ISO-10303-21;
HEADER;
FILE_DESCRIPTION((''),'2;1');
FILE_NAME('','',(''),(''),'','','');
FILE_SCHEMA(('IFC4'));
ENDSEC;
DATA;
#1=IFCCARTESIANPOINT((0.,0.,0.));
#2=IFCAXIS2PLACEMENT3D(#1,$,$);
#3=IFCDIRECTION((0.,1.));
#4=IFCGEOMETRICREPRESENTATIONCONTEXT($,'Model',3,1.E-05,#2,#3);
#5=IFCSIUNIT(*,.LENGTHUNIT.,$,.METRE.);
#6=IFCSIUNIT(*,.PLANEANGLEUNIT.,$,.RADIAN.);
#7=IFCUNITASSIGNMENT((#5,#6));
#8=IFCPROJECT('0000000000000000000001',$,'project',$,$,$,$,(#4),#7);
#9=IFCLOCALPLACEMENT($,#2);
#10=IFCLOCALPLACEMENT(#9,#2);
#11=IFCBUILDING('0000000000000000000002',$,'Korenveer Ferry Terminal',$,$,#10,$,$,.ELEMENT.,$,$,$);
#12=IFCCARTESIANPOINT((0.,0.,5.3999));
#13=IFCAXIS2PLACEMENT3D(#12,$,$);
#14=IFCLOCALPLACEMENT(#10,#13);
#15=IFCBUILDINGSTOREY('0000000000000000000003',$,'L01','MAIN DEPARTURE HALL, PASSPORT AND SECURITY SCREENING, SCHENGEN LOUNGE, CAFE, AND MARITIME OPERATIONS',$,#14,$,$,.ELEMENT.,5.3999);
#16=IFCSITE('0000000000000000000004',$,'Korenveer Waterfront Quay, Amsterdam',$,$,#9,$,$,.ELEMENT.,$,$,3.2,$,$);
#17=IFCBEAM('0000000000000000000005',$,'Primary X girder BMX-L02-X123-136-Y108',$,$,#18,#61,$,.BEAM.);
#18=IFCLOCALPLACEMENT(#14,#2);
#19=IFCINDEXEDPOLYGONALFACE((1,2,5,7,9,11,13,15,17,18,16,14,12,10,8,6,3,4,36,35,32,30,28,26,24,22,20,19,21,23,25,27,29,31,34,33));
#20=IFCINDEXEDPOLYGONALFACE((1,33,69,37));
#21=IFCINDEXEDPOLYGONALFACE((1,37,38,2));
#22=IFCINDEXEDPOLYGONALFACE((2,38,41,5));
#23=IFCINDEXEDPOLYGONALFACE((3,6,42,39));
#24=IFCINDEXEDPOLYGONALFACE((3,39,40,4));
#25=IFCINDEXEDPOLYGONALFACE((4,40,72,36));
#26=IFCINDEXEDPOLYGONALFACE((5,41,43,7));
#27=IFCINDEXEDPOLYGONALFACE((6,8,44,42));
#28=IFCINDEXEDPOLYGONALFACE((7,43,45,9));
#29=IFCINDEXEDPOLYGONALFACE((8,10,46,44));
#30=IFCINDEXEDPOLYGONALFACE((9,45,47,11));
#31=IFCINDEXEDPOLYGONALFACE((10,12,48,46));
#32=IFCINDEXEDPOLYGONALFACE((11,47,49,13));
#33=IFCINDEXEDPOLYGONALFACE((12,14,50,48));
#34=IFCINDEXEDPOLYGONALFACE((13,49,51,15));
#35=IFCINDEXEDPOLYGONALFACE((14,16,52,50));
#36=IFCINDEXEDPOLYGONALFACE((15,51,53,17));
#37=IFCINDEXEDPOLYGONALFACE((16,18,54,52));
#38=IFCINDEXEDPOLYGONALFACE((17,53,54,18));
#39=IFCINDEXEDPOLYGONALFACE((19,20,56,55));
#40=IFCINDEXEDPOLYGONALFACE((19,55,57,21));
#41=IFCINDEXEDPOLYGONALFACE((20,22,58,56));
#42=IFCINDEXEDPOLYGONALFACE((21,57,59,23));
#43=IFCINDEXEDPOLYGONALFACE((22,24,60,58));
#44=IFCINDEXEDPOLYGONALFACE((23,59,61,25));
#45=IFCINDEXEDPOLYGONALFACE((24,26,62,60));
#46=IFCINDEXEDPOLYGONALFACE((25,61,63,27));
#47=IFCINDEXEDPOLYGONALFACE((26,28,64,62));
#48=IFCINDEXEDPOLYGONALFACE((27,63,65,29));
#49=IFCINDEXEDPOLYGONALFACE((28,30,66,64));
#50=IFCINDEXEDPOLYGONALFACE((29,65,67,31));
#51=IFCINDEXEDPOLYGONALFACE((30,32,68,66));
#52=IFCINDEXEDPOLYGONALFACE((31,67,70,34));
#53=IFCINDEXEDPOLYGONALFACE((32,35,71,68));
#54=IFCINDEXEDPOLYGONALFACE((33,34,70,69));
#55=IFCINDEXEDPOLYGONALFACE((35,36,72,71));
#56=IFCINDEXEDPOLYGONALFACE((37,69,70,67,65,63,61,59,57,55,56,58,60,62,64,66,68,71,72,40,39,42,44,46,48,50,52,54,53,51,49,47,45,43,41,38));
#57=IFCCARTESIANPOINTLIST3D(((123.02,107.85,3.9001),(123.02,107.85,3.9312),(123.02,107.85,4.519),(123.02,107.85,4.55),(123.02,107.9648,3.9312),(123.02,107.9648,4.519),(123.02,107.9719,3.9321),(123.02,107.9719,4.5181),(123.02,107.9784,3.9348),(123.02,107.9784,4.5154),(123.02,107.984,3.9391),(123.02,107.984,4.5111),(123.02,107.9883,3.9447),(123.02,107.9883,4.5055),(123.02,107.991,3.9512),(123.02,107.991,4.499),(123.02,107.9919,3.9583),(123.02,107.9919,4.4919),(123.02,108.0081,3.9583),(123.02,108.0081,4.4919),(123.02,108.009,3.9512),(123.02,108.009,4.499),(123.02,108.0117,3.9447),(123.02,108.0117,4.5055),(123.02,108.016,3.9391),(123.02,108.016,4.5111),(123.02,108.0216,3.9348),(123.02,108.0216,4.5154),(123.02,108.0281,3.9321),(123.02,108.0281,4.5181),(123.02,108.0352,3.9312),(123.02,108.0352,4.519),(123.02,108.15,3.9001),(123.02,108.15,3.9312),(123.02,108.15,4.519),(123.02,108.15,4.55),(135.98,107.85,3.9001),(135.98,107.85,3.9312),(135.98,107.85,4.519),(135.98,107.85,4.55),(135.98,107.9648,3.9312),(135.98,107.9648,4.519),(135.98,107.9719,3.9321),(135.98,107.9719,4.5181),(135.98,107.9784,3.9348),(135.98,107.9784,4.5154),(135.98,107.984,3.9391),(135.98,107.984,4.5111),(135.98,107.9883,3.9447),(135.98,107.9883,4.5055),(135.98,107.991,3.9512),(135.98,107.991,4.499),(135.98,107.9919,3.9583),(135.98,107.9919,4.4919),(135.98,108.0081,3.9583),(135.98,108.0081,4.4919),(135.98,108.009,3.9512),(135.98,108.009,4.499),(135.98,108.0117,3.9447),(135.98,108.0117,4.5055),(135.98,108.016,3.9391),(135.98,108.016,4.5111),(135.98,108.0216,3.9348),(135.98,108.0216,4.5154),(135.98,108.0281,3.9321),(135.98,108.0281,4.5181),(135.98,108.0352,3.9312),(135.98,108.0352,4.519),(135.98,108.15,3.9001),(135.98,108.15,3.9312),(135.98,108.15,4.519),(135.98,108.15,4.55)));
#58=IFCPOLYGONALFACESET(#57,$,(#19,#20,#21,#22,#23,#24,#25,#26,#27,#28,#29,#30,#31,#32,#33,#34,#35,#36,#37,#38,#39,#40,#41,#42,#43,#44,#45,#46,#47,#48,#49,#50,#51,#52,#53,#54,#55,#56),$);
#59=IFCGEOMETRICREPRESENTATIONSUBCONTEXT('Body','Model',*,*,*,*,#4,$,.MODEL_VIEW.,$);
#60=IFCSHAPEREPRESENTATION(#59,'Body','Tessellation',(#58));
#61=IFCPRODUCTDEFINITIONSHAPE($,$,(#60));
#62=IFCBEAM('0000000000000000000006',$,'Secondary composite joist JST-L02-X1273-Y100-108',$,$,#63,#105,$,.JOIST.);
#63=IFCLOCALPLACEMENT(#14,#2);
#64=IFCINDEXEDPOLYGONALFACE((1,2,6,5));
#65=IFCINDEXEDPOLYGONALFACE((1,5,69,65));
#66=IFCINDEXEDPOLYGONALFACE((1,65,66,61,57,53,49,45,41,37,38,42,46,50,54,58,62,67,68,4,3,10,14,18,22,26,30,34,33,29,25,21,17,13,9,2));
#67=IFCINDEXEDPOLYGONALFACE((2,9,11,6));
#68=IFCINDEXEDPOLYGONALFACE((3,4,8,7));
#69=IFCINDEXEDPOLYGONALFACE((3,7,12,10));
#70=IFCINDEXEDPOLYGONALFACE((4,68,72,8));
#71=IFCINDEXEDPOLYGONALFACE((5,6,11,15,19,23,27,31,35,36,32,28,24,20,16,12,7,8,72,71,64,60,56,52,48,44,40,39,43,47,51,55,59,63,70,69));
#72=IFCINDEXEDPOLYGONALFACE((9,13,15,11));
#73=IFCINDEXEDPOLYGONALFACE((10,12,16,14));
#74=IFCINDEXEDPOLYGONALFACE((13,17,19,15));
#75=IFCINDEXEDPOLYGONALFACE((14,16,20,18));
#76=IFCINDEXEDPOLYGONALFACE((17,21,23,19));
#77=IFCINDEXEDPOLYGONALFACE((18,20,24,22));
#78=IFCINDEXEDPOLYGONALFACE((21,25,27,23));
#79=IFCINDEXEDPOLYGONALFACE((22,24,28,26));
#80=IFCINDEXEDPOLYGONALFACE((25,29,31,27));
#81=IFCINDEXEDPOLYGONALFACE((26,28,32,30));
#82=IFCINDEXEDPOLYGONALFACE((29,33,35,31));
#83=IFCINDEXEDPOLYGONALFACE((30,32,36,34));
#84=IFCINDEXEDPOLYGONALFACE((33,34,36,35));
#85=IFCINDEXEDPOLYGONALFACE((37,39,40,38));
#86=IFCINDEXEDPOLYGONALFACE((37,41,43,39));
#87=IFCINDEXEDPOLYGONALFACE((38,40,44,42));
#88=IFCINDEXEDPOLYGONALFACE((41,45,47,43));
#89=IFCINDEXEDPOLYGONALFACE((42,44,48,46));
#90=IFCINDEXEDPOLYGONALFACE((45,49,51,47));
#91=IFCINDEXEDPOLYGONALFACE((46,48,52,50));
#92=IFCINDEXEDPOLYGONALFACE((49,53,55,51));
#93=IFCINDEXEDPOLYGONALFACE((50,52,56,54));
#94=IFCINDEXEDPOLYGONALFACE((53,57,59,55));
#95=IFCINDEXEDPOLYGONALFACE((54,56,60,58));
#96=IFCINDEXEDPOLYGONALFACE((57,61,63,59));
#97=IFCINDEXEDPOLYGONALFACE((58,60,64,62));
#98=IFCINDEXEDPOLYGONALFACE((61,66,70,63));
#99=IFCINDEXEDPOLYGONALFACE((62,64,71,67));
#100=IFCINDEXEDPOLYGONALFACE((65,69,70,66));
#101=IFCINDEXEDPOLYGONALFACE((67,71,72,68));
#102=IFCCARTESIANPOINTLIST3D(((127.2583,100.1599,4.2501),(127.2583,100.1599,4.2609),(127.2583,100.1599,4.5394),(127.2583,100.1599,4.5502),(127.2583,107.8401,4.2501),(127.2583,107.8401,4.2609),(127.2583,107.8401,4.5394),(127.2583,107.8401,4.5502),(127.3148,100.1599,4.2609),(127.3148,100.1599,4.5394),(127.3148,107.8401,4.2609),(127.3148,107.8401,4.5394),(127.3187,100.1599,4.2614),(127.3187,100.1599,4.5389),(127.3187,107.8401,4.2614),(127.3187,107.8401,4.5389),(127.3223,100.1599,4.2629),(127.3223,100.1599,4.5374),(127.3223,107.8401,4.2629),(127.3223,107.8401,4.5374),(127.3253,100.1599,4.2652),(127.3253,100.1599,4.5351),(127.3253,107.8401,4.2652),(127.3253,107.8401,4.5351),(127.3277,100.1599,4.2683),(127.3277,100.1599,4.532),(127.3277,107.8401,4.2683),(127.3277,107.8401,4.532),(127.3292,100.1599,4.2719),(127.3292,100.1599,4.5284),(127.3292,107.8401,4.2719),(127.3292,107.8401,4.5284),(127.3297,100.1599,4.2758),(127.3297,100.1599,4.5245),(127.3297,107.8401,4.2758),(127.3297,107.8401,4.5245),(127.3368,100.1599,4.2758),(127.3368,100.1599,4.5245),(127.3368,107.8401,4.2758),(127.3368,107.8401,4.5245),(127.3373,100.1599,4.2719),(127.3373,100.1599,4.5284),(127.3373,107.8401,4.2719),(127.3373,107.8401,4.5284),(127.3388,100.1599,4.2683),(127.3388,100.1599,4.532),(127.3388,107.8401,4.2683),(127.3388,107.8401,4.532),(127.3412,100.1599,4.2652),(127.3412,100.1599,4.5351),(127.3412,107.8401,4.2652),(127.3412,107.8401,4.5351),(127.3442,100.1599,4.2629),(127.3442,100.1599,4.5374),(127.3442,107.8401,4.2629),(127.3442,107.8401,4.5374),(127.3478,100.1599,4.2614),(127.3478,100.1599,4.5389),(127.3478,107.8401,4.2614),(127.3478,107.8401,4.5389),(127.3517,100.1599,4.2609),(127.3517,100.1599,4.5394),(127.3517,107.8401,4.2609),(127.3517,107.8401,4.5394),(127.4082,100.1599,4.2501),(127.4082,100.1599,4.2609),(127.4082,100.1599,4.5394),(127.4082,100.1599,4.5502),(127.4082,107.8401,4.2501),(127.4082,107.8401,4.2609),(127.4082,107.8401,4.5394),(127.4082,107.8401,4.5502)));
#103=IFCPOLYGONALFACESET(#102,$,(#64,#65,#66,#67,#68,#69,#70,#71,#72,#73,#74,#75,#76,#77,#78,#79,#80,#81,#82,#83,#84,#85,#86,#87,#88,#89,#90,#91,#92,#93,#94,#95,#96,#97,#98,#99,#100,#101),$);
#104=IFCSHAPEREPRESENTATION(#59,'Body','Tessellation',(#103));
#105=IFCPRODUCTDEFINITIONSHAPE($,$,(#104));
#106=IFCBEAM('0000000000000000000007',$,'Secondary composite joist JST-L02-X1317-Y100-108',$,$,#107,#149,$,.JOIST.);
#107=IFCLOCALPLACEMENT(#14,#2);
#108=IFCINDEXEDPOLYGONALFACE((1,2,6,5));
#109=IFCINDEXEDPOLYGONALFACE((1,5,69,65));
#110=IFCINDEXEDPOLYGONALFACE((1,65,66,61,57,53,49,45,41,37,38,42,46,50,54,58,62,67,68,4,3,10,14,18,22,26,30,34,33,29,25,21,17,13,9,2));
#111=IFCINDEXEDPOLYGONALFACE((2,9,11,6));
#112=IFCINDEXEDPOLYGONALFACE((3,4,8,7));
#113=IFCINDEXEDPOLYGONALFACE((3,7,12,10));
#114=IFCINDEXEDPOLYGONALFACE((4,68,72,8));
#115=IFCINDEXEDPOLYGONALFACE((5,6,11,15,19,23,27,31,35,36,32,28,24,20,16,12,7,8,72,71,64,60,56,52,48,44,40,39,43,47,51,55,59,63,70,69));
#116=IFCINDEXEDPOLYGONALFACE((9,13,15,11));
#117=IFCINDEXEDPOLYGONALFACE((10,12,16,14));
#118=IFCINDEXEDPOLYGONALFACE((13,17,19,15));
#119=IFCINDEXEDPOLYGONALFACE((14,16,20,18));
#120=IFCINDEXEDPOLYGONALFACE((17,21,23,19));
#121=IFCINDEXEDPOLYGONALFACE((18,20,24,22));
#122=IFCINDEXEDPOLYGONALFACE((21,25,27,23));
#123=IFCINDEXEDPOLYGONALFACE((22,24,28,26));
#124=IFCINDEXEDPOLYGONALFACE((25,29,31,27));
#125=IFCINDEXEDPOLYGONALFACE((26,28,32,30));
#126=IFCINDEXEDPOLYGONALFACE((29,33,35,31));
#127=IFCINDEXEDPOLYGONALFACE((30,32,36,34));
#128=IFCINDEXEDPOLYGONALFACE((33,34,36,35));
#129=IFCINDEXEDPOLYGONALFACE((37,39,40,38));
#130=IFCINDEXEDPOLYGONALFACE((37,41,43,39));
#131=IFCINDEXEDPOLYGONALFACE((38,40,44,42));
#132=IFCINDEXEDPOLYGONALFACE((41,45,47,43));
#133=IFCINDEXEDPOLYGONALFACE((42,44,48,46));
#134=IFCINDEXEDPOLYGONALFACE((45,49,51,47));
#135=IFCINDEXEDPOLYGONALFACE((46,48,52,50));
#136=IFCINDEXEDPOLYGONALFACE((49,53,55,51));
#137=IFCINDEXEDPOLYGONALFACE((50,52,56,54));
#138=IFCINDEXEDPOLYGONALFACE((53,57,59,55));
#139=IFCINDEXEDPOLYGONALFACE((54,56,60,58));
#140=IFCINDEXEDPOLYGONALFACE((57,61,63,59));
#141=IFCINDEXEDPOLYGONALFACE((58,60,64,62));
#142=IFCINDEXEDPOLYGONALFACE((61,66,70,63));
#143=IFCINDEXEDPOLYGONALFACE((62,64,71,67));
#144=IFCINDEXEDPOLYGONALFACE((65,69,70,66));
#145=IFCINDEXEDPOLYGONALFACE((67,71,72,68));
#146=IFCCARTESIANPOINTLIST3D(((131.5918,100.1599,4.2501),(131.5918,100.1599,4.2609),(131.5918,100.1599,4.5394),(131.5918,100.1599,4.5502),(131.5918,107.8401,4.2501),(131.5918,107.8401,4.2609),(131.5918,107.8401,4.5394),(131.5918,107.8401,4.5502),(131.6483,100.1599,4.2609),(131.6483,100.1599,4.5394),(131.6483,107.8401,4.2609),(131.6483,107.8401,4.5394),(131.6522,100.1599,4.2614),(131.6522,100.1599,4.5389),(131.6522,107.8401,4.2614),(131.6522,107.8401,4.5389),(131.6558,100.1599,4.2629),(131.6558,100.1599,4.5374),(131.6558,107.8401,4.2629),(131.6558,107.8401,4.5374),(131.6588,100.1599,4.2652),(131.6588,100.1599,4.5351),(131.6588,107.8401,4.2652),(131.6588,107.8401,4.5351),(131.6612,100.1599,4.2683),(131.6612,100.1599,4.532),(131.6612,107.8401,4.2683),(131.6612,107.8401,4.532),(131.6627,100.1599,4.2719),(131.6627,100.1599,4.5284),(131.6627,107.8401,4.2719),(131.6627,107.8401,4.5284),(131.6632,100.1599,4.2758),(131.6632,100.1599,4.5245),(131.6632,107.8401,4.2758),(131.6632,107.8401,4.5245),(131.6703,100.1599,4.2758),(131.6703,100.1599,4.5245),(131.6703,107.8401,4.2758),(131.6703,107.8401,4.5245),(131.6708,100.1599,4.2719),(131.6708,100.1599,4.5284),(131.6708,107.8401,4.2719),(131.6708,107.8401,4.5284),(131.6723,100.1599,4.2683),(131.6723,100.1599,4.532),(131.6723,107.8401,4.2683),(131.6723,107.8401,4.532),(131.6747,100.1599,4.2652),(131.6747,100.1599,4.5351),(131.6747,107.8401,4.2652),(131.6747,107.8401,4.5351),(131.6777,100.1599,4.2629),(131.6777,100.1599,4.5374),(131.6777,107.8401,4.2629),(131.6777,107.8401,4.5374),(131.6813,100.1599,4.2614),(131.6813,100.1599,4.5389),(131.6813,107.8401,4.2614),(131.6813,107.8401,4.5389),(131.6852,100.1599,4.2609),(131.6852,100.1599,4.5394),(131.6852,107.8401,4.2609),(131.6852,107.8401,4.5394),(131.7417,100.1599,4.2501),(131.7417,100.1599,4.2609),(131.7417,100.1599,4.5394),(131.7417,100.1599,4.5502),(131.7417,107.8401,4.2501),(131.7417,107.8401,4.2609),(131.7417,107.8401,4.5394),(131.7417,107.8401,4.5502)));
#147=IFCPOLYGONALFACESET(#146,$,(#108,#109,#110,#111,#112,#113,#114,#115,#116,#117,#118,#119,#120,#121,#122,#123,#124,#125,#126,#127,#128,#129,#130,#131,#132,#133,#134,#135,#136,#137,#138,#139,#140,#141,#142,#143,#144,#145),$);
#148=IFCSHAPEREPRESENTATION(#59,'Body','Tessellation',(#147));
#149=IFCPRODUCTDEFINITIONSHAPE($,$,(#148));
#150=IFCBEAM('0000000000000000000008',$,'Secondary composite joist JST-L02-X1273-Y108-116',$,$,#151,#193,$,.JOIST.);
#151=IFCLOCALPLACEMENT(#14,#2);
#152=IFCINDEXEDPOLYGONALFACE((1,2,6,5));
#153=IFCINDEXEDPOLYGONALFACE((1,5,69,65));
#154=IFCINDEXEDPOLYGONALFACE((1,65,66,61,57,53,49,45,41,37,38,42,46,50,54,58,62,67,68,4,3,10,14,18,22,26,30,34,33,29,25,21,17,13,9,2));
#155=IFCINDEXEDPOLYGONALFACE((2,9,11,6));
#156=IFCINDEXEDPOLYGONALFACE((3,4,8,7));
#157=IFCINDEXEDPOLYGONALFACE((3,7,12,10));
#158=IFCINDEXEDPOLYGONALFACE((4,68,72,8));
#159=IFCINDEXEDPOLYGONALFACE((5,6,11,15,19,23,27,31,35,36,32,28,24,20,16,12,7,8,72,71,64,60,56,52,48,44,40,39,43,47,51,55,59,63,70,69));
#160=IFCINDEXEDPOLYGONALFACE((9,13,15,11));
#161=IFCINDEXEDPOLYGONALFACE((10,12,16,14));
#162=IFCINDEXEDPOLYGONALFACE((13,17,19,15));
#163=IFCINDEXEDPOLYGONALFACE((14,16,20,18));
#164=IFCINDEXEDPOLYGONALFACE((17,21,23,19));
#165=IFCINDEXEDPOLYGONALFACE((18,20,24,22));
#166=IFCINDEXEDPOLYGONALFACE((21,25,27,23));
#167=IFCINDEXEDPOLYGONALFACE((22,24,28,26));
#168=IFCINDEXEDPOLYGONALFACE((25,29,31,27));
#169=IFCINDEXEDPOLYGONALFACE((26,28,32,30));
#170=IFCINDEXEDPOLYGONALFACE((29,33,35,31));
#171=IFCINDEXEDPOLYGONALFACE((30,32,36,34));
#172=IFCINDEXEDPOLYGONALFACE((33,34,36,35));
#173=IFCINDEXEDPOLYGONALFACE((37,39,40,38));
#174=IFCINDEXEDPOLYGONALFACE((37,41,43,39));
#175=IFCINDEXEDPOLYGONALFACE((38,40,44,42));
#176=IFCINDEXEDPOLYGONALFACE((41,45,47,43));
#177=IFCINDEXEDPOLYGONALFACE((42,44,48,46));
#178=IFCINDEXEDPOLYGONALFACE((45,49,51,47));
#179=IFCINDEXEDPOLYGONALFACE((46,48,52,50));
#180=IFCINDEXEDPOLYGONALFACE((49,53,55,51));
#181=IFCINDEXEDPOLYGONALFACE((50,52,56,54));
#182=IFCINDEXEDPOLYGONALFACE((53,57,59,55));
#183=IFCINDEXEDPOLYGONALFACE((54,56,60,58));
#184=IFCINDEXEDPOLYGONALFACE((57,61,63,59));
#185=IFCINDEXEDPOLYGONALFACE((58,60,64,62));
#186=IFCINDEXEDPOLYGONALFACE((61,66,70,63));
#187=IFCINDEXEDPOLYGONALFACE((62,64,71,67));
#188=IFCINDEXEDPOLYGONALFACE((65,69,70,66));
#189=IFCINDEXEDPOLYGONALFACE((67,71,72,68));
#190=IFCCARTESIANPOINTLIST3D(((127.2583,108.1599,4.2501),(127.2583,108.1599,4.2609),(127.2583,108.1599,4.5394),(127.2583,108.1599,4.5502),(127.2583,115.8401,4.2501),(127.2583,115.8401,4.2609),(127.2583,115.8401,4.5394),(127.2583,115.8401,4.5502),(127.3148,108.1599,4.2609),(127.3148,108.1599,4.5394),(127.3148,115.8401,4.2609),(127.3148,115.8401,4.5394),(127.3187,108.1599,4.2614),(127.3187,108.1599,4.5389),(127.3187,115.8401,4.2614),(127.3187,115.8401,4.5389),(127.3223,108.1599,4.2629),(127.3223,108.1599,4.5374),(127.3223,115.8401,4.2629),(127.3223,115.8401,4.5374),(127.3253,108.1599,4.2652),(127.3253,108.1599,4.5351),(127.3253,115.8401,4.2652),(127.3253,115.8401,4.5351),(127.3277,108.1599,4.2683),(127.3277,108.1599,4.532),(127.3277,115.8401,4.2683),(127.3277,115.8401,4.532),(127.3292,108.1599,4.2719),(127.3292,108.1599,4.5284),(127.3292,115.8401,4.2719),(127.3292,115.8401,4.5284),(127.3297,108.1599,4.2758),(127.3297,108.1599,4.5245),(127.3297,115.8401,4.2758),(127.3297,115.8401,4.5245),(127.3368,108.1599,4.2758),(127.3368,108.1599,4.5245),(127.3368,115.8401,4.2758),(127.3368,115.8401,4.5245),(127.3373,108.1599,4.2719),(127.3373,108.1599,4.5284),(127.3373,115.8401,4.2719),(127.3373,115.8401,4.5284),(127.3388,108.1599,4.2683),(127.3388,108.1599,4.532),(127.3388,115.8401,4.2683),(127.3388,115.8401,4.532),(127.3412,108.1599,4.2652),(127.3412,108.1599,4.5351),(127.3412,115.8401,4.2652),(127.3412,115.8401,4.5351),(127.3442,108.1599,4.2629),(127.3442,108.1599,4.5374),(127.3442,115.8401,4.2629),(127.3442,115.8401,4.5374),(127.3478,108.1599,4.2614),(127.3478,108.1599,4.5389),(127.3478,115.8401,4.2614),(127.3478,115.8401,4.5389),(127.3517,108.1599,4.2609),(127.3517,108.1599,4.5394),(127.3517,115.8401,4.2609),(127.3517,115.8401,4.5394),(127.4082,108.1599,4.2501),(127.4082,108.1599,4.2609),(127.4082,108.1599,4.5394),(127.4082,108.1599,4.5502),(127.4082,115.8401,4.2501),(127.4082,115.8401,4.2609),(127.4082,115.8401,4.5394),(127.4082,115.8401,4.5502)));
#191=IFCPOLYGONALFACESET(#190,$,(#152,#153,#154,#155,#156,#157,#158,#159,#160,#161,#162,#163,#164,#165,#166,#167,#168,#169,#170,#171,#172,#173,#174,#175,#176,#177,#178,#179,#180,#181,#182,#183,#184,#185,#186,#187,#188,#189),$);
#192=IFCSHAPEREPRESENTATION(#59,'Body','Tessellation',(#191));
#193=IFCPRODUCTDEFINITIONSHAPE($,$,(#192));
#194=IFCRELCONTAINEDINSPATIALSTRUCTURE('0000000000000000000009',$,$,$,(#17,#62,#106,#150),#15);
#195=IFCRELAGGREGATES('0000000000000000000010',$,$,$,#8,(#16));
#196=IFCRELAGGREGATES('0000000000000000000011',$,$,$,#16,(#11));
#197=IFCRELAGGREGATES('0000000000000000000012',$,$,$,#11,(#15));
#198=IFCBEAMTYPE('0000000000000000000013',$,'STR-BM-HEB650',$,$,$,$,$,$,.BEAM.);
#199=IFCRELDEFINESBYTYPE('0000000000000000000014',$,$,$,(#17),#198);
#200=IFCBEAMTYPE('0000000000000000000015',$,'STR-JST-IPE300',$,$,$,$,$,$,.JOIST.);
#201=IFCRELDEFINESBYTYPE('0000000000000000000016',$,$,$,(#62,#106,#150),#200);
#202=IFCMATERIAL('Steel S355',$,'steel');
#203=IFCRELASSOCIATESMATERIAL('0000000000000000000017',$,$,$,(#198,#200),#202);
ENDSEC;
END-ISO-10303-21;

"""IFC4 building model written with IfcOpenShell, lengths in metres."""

from ifc_helpers import new_model, si_unit, direction, frame, origin, origin_2d, place, context, subcontext, project, spatial, i_section, extrude, material, material_profile, profile_set, type_object, element, save


model = new_model("IFC4")

# Units and contexts
model_context = context("Model", 3, precision=1e-05, world=origin(), true_north=direction((0.0, 1.0)))
body_context = subcontext(model_context, "Body", "Model", "MODEL_VIEW")
ifc_project = project(units=[si_unit("LENGTHUNIT", "METRE"), si_unit("PLANEANGLEUNIT", "RADIAN")], contexts=[model_context])

# Site, building, storey
site_placement = place(None, origin())
site = spatial("IfcSite", under=ifc_project, at=site_placement, Name="Korenveer Waterfront Quay, Amsterdam", CompositionType="ELEMENT", RefElevation=3.2)
building_placement = place(site_placement, origin())
building = spatial("IfcBuilding", under=site, at=building_placement, Name="Korenveer Ferry Terminal", CompositionType="ELEMENT")
storey_placement = place(building_placement, frame((0.0, 0.0, 5.3999)))
storey = spatial("IfcBuildingStorey", under=building, at=storey_placement, Name="L01", Description="MAIN DEPARTURE HALL, PASSPORT AND SECURITY SCREENING, SCHENGEN LOUNGE, CAFE, AND MARITIME OPERATIONS", CompositionType="ELEMENT", Elevation=5.3999)

# Shared definitions
ifc_material_1 = material(Name="Steel S355", Category="steel")

# Beams
ifc_material_profile_1 = material_profile(ifc_material_1, i_section(OverallWidth=0.3, OverallDepth=0.6499, WebThickness=0.0161, FlangeThickness=0.031, FilletRadius=0.0271, at=origin_2d()), Name="HEB 650")
ifc_profile_set_1 = profile_set([ifc_material_profile_1], Name="Steel S355")
beam_type_1 = type_object("IfcBeamType", Name="STR-BM-HEB650", PredefinedType="BEAM", material=ifc_profile_set_1)
for number, where, z_axis, x_axis, name in (
    (1, (123.02, 108.0, 4.2251), (1.0, 0.0, 0.0), (0.0, 1.0, 0.0), "Primary X girder BMX-L02-X123-136-Y108"),
):
    element("IfcBeam", number, at=place(storey_placement, frame(where, z_axis=z_axis, x_axis=x_axis)), inside=storey, type_object=beam_type_1, Name=name, PredefinedType="BEAM", context=body_context, shape_type="SweptSolid", body=[
        extrude(i_section(OverallWidth=0.3, OverallDepth=0.6499, WebThickness=0.0161, FlangeThickness=0.031, FilletRadius=0.0271, at=origin_2d()), origin(), (0.0, 0.0, 1.0), 12.96),
    ])
ifc_material_profile_2 = material_profile(ifc_material_1, i_section(OverallWidth=0.1499, OverallDepth=0.3, WebThickness=0.0071, FlangeThickness=0.0107, FilletRadius=0.0149, at=origin_2d()), Name="IPE 300")
ifc_profile_set_2 = profile_set([ifc_material_profile_2], Name="Steel S355")
beam_type_2 = type_object("IfcBeamType", Name="STR-JST-IPE300", PredefinedType="JOIST", material=ifc_profile_set_2)
for number, where, z_axis, x_axis, name in (
    (2, (127.3333, 100.1599, 4.4001), (0.0, 1.0, 0.0), (-1.0, 0.0, 0.0), "Secondary composite joist JST-L02-X1273-Y100-108"),
    (3, (131.6667, 100.1599, 4.4001), (0.0, 1.0, 0.0), (-1.0, 0.0, 0.0), "Secondary composite joist JST-L02-X1317-Y100-108"),
    (4, (127.3333, 108.1599, 4.4001), (0.0, 1.0, 0.0), (-1.0, 0.0, 0.0), "Secondary composite joist JST-L02-X1273-Y108-116"),
):
    element("IfcBeam", number, at=place(storey_placement, frame(where, z_axis=z_axis, x_axis=x_axis)), inside=storey, type_object=beam_type_2, Name=name, PredefinedType="JOIST", context=body_context, shape_type="SweptSolid", body=[
        extrude(i_section(OverallWidth=0.1499, OverallDepth=0.3, WebThickness=0.0071, FlangeThickness=0.0107, FilletRadius=0.0149, at=origin_2d()), origin(), (0.0, 0.0, 1.0), 7.6802),
    ])

save(model, "model.ifc")
